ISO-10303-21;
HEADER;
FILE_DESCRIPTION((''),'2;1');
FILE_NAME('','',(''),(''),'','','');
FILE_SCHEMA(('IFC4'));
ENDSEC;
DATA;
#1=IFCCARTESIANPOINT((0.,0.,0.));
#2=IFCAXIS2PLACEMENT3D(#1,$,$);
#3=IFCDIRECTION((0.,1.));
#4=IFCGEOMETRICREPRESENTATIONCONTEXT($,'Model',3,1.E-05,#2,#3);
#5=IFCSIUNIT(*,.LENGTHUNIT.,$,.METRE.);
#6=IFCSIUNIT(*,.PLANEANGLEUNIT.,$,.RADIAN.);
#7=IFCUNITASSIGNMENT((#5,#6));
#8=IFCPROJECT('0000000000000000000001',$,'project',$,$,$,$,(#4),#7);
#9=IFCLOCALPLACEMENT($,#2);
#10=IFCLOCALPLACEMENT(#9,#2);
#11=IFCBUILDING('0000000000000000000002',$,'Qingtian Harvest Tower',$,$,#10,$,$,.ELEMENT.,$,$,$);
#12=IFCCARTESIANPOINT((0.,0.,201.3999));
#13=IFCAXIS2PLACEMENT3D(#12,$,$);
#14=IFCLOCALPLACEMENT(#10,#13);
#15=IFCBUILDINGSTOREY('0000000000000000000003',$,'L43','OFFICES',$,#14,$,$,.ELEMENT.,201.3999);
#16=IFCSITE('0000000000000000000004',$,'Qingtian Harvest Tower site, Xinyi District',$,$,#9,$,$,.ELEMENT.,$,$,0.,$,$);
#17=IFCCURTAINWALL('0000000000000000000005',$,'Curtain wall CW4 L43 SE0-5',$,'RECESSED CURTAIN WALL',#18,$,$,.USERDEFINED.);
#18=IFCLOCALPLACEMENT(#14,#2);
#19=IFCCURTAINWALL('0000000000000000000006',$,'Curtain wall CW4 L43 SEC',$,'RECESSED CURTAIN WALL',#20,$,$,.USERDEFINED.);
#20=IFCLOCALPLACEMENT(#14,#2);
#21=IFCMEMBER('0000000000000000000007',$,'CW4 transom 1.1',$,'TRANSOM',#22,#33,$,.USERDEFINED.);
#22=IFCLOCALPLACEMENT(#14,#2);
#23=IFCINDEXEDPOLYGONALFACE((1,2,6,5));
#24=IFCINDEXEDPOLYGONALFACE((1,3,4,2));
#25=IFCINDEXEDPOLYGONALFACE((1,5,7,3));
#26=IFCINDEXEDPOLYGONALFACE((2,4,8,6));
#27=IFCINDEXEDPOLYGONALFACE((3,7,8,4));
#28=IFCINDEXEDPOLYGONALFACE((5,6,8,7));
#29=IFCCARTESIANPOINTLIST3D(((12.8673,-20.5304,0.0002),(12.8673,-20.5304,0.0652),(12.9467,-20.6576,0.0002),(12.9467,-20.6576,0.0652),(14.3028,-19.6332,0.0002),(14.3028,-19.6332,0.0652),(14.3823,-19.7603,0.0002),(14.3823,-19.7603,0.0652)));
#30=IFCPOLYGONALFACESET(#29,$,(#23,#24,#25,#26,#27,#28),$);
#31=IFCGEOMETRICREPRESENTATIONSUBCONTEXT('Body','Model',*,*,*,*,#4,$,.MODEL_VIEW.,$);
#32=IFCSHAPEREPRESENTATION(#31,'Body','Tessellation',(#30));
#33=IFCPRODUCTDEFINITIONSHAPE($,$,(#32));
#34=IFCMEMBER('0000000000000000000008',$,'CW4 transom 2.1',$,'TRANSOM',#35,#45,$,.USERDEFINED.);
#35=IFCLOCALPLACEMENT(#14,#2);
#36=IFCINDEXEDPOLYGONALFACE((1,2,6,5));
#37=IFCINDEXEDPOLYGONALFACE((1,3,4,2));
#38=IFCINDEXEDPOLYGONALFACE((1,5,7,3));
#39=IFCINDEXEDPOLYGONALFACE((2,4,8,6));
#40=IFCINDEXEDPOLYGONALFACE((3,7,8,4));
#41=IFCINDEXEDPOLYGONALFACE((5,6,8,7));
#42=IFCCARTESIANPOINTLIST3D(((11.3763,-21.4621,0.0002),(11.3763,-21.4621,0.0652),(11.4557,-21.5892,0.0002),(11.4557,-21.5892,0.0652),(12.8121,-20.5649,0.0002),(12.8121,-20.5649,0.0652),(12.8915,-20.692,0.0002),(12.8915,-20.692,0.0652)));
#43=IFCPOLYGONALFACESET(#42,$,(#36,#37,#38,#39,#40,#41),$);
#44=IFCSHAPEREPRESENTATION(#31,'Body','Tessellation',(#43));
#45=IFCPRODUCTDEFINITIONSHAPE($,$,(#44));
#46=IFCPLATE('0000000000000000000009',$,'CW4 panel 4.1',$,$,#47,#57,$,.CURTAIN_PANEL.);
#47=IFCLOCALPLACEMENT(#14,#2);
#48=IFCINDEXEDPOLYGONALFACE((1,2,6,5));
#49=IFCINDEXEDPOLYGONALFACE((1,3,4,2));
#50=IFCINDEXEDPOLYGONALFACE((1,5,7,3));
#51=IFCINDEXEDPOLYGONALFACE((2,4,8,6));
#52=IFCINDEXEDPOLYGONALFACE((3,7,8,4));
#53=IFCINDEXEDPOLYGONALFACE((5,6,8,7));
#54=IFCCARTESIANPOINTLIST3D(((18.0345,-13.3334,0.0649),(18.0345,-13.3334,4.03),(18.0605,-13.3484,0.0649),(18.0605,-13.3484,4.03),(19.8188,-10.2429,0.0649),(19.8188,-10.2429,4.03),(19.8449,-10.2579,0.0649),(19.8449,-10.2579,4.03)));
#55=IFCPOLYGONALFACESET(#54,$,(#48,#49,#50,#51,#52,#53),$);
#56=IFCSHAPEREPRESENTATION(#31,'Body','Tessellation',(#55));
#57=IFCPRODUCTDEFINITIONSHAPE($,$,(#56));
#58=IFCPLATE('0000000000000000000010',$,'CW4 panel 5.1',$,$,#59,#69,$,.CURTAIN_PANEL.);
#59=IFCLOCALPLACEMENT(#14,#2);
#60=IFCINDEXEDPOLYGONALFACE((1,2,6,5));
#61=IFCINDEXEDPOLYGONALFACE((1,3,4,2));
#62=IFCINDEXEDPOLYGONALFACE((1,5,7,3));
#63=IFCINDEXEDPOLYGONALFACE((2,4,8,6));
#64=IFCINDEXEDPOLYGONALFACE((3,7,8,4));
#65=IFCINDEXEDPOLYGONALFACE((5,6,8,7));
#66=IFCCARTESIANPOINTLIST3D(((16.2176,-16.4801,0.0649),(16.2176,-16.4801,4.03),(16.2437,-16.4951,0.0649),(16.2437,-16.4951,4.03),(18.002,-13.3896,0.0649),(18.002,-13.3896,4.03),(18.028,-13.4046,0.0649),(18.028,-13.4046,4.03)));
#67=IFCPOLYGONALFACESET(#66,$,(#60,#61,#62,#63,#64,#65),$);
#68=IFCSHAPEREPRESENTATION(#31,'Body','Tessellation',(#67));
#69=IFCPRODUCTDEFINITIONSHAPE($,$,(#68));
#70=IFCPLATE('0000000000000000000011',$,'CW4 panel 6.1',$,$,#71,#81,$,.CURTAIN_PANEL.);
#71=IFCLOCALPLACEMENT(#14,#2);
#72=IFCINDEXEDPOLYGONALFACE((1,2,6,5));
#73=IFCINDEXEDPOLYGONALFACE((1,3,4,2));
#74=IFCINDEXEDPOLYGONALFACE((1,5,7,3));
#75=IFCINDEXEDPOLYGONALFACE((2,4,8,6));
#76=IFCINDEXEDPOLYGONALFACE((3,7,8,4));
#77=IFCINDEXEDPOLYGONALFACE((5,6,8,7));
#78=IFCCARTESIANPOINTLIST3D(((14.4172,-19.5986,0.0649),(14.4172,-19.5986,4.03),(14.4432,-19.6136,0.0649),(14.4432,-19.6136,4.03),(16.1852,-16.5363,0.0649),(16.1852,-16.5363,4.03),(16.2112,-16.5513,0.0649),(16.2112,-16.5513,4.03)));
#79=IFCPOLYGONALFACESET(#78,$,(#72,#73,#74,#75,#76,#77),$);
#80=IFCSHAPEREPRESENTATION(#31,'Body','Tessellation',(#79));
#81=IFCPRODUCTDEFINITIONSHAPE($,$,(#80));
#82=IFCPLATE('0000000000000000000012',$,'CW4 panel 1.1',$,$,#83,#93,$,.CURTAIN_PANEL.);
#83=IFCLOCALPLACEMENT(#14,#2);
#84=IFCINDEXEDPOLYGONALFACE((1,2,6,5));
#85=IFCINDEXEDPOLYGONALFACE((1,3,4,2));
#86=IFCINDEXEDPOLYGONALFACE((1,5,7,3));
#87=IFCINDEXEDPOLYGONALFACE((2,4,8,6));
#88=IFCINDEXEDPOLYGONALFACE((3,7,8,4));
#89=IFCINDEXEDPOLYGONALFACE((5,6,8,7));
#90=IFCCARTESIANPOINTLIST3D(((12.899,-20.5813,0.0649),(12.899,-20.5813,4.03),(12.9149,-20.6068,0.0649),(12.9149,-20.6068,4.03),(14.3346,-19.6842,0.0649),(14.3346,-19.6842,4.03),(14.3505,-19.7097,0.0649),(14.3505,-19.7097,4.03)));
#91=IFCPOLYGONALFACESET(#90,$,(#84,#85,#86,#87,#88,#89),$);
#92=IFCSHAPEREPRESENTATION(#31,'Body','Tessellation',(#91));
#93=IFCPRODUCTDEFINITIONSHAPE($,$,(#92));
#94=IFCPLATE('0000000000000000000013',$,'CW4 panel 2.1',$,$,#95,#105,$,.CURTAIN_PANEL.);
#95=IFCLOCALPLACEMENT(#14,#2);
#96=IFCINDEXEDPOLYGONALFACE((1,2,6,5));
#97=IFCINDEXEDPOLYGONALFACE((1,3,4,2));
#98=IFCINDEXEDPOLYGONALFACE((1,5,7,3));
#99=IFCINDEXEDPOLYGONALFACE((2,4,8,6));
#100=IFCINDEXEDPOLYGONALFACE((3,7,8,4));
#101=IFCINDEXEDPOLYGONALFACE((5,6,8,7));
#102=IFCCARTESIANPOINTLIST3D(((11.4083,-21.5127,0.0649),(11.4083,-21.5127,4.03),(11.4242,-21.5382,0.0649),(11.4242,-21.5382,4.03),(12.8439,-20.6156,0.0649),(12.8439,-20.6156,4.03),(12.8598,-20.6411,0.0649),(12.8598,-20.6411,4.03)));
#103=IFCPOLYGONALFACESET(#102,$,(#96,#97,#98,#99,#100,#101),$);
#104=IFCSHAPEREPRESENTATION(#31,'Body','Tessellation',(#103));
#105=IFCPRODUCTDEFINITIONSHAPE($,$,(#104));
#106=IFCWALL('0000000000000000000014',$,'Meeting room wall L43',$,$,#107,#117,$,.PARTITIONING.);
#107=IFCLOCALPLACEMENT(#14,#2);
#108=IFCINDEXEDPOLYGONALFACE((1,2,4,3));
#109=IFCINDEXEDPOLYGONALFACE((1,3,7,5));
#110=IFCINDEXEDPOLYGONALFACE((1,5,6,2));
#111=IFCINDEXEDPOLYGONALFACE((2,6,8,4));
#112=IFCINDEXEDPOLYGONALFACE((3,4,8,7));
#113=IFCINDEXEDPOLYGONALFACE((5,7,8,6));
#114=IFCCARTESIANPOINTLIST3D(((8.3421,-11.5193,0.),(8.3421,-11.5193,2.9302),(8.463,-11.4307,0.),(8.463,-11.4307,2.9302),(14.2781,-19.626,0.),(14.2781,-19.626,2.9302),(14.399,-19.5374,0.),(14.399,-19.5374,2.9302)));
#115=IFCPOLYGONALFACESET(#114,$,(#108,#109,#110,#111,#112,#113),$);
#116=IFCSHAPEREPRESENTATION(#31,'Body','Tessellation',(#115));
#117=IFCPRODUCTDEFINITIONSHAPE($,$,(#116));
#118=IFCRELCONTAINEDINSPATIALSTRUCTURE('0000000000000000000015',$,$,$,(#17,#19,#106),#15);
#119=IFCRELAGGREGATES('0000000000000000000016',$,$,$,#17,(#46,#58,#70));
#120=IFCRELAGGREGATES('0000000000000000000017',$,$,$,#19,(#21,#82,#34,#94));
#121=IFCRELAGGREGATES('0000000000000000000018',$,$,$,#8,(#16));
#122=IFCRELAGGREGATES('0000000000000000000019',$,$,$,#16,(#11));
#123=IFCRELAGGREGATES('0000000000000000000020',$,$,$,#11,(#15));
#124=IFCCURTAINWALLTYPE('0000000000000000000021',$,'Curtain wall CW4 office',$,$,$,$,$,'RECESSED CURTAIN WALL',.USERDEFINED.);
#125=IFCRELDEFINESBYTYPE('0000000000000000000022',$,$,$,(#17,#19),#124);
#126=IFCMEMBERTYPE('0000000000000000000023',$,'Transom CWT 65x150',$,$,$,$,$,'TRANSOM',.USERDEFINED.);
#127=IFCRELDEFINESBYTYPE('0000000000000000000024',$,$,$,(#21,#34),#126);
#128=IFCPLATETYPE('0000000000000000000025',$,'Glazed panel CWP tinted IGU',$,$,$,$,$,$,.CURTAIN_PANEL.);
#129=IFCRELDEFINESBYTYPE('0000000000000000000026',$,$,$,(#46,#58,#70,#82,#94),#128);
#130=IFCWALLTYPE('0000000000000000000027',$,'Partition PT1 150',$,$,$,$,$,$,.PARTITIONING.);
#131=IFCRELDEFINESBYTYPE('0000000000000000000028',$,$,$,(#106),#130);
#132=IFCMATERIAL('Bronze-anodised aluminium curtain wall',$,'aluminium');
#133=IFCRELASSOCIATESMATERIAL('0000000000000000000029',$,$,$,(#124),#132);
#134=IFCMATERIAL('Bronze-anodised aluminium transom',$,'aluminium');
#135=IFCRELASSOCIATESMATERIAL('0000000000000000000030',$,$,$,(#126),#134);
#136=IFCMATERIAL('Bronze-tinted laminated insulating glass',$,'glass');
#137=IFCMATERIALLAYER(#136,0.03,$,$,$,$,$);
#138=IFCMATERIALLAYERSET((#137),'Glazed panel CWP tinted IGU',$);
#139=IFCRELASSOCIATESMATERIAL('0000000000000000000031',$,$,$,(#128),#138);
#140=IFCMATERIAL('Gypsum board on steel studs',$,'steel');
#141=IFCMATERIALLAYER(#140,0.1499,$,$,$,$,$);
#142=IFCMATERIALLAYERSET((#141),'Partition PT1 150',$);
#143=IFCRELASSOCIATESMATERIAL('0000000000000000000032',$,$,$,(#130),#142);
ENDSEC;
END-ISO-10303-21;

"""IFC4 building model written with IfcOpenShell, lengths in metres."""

from ifc_helpers import new_model, si_unit, direction, frame, frame_2d, origin, origin_2d, place, context, subcontext, project, spatial, rectangle, extrude, material, layer, layer_set, material_profile, profile_set, type_object, element, aggregate, save


model = new_model("IFC4")

# Units and contexts
model_context = context("Model", 3, precision=1e-05, world=origin(), true_north=direction((0.0, 1.0)))
body_context = subcontext(model_context, "Body", "Model", "MODEL_VIEW")
ifc_project = project(units=[si_unit("LENGTHUNIT", "METRE"), si_unit("PLANEANGLEUNIT", "RADIAN")], contexts=[model_context])

# Site, building, storey
site_placement = place(None, origin())
site = spatial("IfcSite", under=ifc_project, at=site_placement, Name="Qingtian Harvest Tower site, Xinyi District", CompositionType="ELEMENT", RefElevation=0.0)
building_placement = place(site_placement, origin())
building = spatial("IfcBuilding", under=site, at=building_placement, Name="Qingtian Harvest Tower", CompositionType="ELEMENT")
storey_placement = place(building_placement, frame((0.0, 0.0, 201.3999)))
storey = spatial("IfcBuildingStorey", under=building, at=storey_placement, Name="L43", Description="OFFICES", CompositionType="ELEMENT", Elevation=201.3999)

# Curtain walls
ifc_material_1 = material(Name="Bronze-anodised aluminium curtain wall", Category="aluminium")
curtain_wall_type = type_object("IfcCurtainWallType", Name="Curtain wall CW4 office", ElementType="RECESSED CURTAIN WALL", PredefinedType="USERDEFINED", material=ifc_material_1)
curtain_wall_1_placement = place(storey_placement, origin())
curtain_wall_1 = element("IfcCurtainWall", 1, at=curtain_wall_1_placement, inside=storey, type_object=curtain_wall_type, Name="Curtain wall CW4 L43 SE0-5", ObjectType="RECESSED CURTAIN WALL", PredefinedType="USERDEFINED")
curtain_wall_2_placement = place(storey_placement, origin())
curtain_wall_2 = element("IfcCurtainWall", 2, at=curtain_wall_2_placement, inside=storey, type_object=curtain_wall_type, Name="Curtain wall CW4 L43 SEC", ObjectType="RECESSED CURTAIN WALL", PredefinedType="USERDEFINED")

# Members
ifc_material_2 = material(Name="Bronze-anodised aluminium transom", Category="aluminium")
ifc_material_profile_1 = material_profile(ifc_material_2, rectangle(XDim=0.1499, YDim=0.0649, at=origin_2d()), Name="AL 65x150")
ifc_profile_set_1 = profile_set([ifc_material_profile_1], Name="Bronze-anodised aluminium transom")
member_type_1 = type_object("IfcMemberType", Name="Transom CWT 65x150", ElementType="TRANSOM", PredefinedType="USERDEFINED", material=ifc_profile_set_1)
member_1_placement = place(storey_placement, frame((14.3425, -19.6968, 0.0327), z_axis=(-0.847998, -0.529999, 0.0), x_axis=(0.529999, -0.847998, 0.0)))
member_1 = element("IfcMember", 3, at=member_1_placement, type_object=member_type_1, Name="CW4 transom 1.1", ObjectType="TRANSOM", PredefinedType="USERDEFINED", context=body_context, shape_type="SweptSolid", body=[
    extrude(rectangle(XDim=0.1499, YDim=0.0649, at=origin_2d()), origin(), (0.0, 0.0, 1.0), 1.6929),
])
member_2_placement = place(storey_placement, frame((12.8518, -20.6284, 0.0327), z_axis=(-0.848039, -0.529934, 0.0), x_axis=(0.529934, -0.848039, 0.0)))
member_2 = element("IfcMember", 4, at=member_2_placement, type_object=member_type_1, Name="CW4 transom 2.1", ObjectType="TRANSOM", PredefinedType="USERDEFINED", context=body_context, shape_type="SweptSolid", body=[
    extrude(rectangle(XDim=0.1499, YDim=0.0649, at=origin_2d()), origin(), (0.0, 0.0, 1.0), 1.6931),
])

# Plates
ifc_material_3 = material(Name="Bronze-tinted laminated insulating glass", Category="glass")
ifc_layer_1 = layer(ifc_material_3, 0.03)
ifc_layer_set_1 = layer_set([ifc_layer_1], Name="Glazed panel CWP tinted IGU")
plate_type = type_object("IfcPlateType", Name="Glazed panel CWP tinted IGU", PredefinedType="CURTAIN_PANEL", material=ifc_layer_set_1)
plate_1_placement = place(storey_placement, frame((18.9397, -11.7957, 0.0649), z_axis=(0.0, 0.0, 1.0), x_axis=(-0.5, -0.866025, 0.0)))
plate_1 = element("IfcPlate", 5, at=plate_1_placement, type_object=plate_type, Name="CW4 panel 4.1", PredefinedType="CURTAIN_PANEL", context=body_context, shape_type="SweptSolid", body=[
    extrude(rectangle(XDim=3.5686, YDim=0.03, at=origin_2d()), origin(), (0.0, 0.0, 1.0), 3.9651),
])
plate_2_placement = place(storey_placement, frame((17.1228, -14.9424, 0.0649), z_axis=(0.0, 0.0, 1.0), x_axis=(-0.5, -0.866025, 0.0)))
plate_2 = element("IfcPlate", 6, at=plate_2_placement, type_object=plate_type, Name="CW4 panel 5.1", PredefinedType="CURTAIN_PANEL", context=body_context, shape_type="SweptSolid", body=[
    extrude(rectangle(XDim=3.5686, YDim=0.03, at=origin_2d()), origin(), (0.0, 0.0, 1.0), 3.9651),
])
plate_3_placement = place(storey_placement, frame((15.3142, -18.075, 0.0649), z_axis=(0.0, 0.0, 1.0), x_axis=(-0.5, -0.866025, 0.0)))
plate_3 = element("IfcPlate", 7, at=plate_3_placement, type_object=plate_type, Name="CW4 panel 6.1", PredefinedType="CURTAIN_PANEL", context=body_context, shape_type="SweptSolid", body=[
    extrude(rectangle(XDim=3.5361, YDim=0.03, at=origin_2d()), origin(), (0.0, 0.0, 1.0), 3.9651),
])
aggregate(curtain_wall_1, [plate_1, plate_2, plate_3])
plate_4_placement = place(storey_placement, frame((13.6248, -20.1455, 0.0649), z_axis=(0.0, 0.0, 1.0), x_axis=(-0.848048, -0.529919, 0.0)))
plate_4 = element("IfcPlate", 8, at=plate_4_placement, type_object=plate_type, Name="CW4 panel 1.1", PredefinedType="CURTAIN_PANEL", context=body_context, shape_type="SweptSolid", body=[
    extrude(rectangle(XDim=1.6929, YDim=0.03, at=origin_2d()), origin(), (0.0, 0.0, 1.0), 3.9651),
])
plate_5_placement = place(storey_placement, frame((12.134, -21.0769, 0.0649), z_axis=(0.0, 0.0, 1.0), x_axis=(-0.848048, -0.529919, 0.0)))
plate_5 = element("IfcPlate", 9, at=plate_5_placement, type_object=plate_type, Name="CW4 panel 2.1", PredefinedType="CURTAIN_PANEL", context=body_context, shape_type="SweptSolid", body=[
    extrude(rectangle(XDim=1.6929, YDim=0.03, at=origin_2d()), origin(), (0.0, 0.0, 1.0), 3.9651),
])
aggregate(curtain_wall_2, [member_1, plate_4, member_2, plate_5])

# Wall
ifc_material_4 = material(Name="Gypsum board on steel studs", Category="steel")
ifc_layer_2 = layer(ifc_material_4, 0.1499)
ifc_layer_set_2 = layer_set([ifc_layer_2], Name="Partition PT1 150")
wall_type = type_object("IfcWallType", Name="Partition PT1 150", PredefinedType="PARTITIONING", material=ifc_layer_set_2)
wall_placement = place(storey_placement, frame((14.3386, -19.5818, 0.0), z_axis=(0.0, 0.0, 1.0), x_axis=(-0.590789, 0.806826, 0.0)))
element("IfcWall", 10, at=wall_placement, inside=storey, type_object=wall_type, Name="Meeting room wall L43", PredefinedType="PARTITIONING", context=body_context, shape_type="SweptSolid", body=[
    extrude(rectangle(XDim=10.0476, YDim=0.1499, at=frame_2d((5.0239, 0.0))), origin(), (0.0, 0.0, 1.0), 2.9302),
])

save(model, "model.ifc")
